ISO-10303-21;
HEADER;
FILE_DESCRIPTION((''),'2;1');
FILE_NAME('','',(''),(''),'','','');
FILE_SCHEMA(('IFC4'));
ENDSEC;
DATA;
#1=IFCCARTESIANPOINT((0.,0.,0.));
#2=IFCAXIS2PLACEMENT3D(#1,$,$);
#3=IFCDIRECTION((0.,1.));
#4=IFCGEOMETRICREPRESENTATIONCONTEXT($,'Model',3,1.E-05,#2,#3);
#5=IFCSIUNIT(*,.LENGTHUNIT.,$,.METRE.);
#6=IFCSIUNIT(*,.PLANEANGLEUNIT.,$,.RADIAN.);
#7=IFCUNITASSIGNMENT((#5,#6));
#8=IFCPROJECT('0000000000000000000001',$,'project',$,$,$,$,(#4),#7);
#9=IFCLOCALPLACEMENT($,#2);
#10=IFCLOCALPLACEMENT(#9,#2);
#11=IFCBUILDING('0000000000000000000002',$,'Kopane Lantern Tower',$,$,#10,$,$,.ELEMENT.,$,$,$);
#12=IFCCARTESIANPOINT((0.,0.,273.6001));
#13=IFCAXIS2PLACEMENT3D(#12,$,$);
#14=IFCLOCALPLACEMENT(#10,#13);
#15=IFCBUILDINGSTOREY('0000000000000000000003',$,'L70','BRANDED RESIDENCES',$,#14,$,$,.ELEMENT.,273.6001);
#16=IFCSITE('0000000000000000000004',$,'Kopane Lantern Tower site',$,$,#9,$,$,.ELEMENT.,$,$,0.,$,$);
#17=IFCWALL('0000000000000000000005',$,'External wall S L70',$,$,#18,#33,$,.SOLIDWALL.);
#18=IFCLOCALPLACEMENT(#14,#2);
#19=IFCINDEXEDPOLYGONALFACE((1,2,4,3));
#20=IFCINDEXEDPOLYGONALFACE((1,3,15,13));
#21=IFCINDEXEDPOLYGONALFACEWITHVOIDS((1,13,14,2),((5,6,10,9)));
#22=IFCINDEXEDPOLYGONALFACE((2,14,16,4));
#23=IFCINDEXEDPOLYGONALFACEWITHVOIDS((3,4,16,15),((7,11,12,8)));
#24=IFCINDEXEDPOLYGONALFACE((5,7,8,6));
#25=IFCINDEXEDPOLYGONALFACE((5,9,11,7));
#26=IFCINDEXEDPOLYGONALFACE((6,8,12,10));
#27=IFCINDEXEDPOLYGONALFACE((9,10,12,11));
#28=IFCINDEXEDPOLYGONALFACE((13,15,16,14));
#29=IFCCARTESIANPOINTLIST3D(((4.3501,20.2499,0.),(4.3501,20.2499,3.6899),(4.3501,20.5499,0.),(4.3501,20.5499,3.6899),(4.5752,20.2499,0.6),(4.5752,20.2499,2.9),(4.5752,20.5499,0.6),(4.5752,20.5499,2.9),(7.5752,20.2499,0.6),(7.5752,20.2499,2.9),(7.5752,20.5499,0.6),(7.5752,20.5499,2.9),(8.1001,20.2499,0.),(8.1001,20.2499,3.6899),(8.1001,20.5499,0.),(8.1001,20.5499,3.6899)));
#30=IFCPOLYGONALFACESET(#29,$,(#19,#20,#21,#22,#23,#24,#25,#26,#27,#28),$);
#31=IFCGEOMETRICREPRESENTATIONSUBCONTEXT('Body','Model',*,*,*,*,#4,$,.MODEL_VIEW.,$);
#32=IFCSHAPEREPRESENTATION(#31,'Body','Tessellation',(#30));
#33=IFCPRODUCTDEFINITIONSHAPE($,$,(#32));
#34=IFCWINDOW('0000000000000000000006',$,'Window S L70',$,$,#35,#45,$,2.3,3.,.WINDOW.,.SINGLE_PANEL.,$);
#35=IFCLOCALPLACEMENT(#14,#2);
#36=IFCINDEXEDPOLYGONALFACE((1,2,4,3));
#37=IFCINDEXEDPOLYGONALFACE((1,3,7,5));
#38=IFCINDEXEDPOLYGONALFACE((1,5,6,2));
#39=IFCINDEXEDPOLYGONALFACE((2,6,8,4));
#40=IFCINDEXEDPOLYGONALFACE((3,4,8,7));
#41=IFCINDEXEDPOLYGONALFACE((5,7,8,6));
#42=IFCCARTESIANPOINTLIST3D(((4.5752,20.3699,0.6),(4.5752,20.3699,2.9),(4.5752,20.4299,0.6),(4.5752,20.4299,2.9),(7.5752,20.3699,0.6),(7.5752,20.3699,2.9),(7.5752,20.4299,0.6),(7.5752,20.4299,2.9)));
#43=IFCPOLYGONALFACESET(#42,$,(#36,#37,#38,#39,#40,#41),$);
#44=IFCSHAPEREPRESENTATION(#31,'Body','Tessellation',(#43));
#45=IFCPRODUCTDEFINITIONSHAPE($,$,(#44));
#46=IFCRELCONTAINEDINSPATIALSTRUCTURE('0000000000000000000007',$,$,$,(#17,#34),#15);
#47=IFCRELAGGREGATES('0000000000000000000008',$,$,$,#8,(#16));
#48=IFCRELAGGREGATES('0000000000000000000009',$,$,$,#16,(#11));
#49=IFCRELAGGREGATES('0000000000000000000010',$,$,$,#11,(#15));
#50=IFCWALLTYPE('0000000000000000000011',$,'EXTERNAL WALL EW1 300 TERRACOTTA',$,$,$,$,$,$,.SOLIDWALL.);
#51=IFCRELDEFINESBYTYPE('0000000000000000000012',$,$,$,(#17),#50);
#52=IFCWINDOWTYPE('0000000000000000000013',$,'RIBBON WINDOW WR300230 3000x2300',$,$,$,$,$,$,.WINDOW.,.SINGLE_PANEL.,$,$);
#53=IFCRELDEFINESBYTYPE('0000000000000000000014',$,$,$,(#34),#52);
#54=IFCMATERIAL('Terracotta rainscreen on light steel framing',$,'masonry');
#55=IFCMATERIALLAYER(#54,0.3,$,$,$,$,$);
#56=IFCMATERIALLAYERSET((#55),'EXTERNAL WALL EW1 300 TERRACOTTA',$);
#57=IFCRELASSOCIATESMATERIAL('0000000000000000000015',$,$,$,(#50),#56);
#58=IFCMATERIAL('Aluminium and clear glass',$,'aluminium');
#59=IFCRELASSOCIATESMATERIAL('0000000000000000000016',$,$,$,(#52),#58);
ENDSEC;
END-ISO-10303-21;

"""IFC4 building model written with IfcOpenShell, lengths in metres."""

from ifc_helpers import new_model, si_unit, direction, frame, frame_2d, origin, place, context, subcontext, project, spatial, rectangle, extrude, material, layer, layer_set, type_object, element, fill, save


model = new_model("IFC4")

# Units and contexts
model_context = context("Model", 3, precision=1e-05, world=origin(), true_north=direction((0.0, 1.0)))
body_context = subcontext(model_context, "Body", "Model", "MODEL_VIEW")
ifc_project = project(units=[si_unit("LENGTHUNIT", "METRE"), si_unit("PLANEANGLEUNIT", "RADIAN")], contexts=[model_context])

# Site, building, storey
site_placement = place(None, origin())
site = spatial("IfcSite", under=ifc_project, at=site_placement, Name="Kopane Lantern Tower site", CompositionType="ELEMENT", RefElevation=0.0)
building_placement = place(site_placement, origin())
building = spatial("IfcBuilding", under=site, at=building_placement, Name="Kopane Lantern Tower", CompositionType="ELEMENT")
storey_placement = place(building_placement, frame((0.0, 0.0, 273.6001)))
storey = spatial("IfcBuildingStorey", under=building, at=storey_placement, Name="L70", Description="BRANDED RESIDENCES", CompositionType="ELEMENT", Elevation=273.6001)

# Wall, opening, window
ifc_material_1 = material(Name="Terracotta rainscreen on light steel framing", Category="masonry")
ifc_layer_1 = layer(ifc_material_1, 0.3)
ifc_layer_set_1 = layer_set([ifc_layer_1], Name="EXTERNAL WALL EW1 300 TERRACOTTA")
wall_type_1 = type_object("IfcWallType", Name="EXTERNAL WALL EW1 300 TERRACOTTA", PredefinedType="SOLIDWALL", material=ifc_layer_set_1)
wall_1_placement = place(storey_placement, frame((4.3501, 20.3999, 0.0), z_axis=(0.0, 0.0, 1.0), x_axis=(1.0, 0.0, 0.0)))
wall_1 = element("IfcWall", 1, at=wall_1_placement, inside=storey, type_object=wall_type_1, Name="External wall S L70", PredefinedType="SOLIDWALL", context=body_context, shape_type="SweptSolid", body=[
    extrude(rectangle(XDim=3.75, YDim=0.3, at=frame_2d((1.875, 0.0))), origin(), (0.0, 0.0, 1.0), 3.6899),
])
opening_placement = place(wall_1_placement, frame((0.2251, 0.0, 0.6001)))
opening = element("IfcOpeningElement", 2, at=opening_placement, cuts=wall_1, PredefinedType="OPENING", context=body_context, shape_type="SweptSolid", body=[
    extrude(rectangle(XDim=3.0, YDim=2.3, at=frame_2d((1.5, 1.1499))), frame((0.0, 0.1599, 0.0), z_axis=(0.0, -1.0, 0.0), x_axis=(1.0, 0.0, 0.0)), (0.0, 0.0, 1.0), 0.3201),
])
ifc_material_2 = material(Name="Aluminium and clear glass", Category="aluminium")
window_type = type_object("IfcWindowType", Name="RIBBON WINDOW WR300230 3000x2300", PartitioningType="SINGLE_PANEL", PredefinedType="WINDOW", material=ifc_material_2)
window_placement = place(opening_placement, origin())
window = element("IfcWindow", 3, at=window_placement, inside=storey, type_object=window_type, Name="Window S L70", OverallHeight=2.3, OverallWidth=3.0, PartitioningType="SINGLE_PANEL", PredefinedType="WINDOW", context=body_context, shape_type="SweptSolid", body=[
    extrude(rectangle(XDim=3.0, YDim=2.3, at=frame_2d((1.5, 1.1499))), frame((0.0, 0.03, 0.0), z_axis=(0.0, -1.0, 0.0), x_axis=(1.0, 0.0, 0.0)), (0.0, 0.0, 1.0), 0.0601),
])
fill(opening, window)

save(model, "model.ifc")
